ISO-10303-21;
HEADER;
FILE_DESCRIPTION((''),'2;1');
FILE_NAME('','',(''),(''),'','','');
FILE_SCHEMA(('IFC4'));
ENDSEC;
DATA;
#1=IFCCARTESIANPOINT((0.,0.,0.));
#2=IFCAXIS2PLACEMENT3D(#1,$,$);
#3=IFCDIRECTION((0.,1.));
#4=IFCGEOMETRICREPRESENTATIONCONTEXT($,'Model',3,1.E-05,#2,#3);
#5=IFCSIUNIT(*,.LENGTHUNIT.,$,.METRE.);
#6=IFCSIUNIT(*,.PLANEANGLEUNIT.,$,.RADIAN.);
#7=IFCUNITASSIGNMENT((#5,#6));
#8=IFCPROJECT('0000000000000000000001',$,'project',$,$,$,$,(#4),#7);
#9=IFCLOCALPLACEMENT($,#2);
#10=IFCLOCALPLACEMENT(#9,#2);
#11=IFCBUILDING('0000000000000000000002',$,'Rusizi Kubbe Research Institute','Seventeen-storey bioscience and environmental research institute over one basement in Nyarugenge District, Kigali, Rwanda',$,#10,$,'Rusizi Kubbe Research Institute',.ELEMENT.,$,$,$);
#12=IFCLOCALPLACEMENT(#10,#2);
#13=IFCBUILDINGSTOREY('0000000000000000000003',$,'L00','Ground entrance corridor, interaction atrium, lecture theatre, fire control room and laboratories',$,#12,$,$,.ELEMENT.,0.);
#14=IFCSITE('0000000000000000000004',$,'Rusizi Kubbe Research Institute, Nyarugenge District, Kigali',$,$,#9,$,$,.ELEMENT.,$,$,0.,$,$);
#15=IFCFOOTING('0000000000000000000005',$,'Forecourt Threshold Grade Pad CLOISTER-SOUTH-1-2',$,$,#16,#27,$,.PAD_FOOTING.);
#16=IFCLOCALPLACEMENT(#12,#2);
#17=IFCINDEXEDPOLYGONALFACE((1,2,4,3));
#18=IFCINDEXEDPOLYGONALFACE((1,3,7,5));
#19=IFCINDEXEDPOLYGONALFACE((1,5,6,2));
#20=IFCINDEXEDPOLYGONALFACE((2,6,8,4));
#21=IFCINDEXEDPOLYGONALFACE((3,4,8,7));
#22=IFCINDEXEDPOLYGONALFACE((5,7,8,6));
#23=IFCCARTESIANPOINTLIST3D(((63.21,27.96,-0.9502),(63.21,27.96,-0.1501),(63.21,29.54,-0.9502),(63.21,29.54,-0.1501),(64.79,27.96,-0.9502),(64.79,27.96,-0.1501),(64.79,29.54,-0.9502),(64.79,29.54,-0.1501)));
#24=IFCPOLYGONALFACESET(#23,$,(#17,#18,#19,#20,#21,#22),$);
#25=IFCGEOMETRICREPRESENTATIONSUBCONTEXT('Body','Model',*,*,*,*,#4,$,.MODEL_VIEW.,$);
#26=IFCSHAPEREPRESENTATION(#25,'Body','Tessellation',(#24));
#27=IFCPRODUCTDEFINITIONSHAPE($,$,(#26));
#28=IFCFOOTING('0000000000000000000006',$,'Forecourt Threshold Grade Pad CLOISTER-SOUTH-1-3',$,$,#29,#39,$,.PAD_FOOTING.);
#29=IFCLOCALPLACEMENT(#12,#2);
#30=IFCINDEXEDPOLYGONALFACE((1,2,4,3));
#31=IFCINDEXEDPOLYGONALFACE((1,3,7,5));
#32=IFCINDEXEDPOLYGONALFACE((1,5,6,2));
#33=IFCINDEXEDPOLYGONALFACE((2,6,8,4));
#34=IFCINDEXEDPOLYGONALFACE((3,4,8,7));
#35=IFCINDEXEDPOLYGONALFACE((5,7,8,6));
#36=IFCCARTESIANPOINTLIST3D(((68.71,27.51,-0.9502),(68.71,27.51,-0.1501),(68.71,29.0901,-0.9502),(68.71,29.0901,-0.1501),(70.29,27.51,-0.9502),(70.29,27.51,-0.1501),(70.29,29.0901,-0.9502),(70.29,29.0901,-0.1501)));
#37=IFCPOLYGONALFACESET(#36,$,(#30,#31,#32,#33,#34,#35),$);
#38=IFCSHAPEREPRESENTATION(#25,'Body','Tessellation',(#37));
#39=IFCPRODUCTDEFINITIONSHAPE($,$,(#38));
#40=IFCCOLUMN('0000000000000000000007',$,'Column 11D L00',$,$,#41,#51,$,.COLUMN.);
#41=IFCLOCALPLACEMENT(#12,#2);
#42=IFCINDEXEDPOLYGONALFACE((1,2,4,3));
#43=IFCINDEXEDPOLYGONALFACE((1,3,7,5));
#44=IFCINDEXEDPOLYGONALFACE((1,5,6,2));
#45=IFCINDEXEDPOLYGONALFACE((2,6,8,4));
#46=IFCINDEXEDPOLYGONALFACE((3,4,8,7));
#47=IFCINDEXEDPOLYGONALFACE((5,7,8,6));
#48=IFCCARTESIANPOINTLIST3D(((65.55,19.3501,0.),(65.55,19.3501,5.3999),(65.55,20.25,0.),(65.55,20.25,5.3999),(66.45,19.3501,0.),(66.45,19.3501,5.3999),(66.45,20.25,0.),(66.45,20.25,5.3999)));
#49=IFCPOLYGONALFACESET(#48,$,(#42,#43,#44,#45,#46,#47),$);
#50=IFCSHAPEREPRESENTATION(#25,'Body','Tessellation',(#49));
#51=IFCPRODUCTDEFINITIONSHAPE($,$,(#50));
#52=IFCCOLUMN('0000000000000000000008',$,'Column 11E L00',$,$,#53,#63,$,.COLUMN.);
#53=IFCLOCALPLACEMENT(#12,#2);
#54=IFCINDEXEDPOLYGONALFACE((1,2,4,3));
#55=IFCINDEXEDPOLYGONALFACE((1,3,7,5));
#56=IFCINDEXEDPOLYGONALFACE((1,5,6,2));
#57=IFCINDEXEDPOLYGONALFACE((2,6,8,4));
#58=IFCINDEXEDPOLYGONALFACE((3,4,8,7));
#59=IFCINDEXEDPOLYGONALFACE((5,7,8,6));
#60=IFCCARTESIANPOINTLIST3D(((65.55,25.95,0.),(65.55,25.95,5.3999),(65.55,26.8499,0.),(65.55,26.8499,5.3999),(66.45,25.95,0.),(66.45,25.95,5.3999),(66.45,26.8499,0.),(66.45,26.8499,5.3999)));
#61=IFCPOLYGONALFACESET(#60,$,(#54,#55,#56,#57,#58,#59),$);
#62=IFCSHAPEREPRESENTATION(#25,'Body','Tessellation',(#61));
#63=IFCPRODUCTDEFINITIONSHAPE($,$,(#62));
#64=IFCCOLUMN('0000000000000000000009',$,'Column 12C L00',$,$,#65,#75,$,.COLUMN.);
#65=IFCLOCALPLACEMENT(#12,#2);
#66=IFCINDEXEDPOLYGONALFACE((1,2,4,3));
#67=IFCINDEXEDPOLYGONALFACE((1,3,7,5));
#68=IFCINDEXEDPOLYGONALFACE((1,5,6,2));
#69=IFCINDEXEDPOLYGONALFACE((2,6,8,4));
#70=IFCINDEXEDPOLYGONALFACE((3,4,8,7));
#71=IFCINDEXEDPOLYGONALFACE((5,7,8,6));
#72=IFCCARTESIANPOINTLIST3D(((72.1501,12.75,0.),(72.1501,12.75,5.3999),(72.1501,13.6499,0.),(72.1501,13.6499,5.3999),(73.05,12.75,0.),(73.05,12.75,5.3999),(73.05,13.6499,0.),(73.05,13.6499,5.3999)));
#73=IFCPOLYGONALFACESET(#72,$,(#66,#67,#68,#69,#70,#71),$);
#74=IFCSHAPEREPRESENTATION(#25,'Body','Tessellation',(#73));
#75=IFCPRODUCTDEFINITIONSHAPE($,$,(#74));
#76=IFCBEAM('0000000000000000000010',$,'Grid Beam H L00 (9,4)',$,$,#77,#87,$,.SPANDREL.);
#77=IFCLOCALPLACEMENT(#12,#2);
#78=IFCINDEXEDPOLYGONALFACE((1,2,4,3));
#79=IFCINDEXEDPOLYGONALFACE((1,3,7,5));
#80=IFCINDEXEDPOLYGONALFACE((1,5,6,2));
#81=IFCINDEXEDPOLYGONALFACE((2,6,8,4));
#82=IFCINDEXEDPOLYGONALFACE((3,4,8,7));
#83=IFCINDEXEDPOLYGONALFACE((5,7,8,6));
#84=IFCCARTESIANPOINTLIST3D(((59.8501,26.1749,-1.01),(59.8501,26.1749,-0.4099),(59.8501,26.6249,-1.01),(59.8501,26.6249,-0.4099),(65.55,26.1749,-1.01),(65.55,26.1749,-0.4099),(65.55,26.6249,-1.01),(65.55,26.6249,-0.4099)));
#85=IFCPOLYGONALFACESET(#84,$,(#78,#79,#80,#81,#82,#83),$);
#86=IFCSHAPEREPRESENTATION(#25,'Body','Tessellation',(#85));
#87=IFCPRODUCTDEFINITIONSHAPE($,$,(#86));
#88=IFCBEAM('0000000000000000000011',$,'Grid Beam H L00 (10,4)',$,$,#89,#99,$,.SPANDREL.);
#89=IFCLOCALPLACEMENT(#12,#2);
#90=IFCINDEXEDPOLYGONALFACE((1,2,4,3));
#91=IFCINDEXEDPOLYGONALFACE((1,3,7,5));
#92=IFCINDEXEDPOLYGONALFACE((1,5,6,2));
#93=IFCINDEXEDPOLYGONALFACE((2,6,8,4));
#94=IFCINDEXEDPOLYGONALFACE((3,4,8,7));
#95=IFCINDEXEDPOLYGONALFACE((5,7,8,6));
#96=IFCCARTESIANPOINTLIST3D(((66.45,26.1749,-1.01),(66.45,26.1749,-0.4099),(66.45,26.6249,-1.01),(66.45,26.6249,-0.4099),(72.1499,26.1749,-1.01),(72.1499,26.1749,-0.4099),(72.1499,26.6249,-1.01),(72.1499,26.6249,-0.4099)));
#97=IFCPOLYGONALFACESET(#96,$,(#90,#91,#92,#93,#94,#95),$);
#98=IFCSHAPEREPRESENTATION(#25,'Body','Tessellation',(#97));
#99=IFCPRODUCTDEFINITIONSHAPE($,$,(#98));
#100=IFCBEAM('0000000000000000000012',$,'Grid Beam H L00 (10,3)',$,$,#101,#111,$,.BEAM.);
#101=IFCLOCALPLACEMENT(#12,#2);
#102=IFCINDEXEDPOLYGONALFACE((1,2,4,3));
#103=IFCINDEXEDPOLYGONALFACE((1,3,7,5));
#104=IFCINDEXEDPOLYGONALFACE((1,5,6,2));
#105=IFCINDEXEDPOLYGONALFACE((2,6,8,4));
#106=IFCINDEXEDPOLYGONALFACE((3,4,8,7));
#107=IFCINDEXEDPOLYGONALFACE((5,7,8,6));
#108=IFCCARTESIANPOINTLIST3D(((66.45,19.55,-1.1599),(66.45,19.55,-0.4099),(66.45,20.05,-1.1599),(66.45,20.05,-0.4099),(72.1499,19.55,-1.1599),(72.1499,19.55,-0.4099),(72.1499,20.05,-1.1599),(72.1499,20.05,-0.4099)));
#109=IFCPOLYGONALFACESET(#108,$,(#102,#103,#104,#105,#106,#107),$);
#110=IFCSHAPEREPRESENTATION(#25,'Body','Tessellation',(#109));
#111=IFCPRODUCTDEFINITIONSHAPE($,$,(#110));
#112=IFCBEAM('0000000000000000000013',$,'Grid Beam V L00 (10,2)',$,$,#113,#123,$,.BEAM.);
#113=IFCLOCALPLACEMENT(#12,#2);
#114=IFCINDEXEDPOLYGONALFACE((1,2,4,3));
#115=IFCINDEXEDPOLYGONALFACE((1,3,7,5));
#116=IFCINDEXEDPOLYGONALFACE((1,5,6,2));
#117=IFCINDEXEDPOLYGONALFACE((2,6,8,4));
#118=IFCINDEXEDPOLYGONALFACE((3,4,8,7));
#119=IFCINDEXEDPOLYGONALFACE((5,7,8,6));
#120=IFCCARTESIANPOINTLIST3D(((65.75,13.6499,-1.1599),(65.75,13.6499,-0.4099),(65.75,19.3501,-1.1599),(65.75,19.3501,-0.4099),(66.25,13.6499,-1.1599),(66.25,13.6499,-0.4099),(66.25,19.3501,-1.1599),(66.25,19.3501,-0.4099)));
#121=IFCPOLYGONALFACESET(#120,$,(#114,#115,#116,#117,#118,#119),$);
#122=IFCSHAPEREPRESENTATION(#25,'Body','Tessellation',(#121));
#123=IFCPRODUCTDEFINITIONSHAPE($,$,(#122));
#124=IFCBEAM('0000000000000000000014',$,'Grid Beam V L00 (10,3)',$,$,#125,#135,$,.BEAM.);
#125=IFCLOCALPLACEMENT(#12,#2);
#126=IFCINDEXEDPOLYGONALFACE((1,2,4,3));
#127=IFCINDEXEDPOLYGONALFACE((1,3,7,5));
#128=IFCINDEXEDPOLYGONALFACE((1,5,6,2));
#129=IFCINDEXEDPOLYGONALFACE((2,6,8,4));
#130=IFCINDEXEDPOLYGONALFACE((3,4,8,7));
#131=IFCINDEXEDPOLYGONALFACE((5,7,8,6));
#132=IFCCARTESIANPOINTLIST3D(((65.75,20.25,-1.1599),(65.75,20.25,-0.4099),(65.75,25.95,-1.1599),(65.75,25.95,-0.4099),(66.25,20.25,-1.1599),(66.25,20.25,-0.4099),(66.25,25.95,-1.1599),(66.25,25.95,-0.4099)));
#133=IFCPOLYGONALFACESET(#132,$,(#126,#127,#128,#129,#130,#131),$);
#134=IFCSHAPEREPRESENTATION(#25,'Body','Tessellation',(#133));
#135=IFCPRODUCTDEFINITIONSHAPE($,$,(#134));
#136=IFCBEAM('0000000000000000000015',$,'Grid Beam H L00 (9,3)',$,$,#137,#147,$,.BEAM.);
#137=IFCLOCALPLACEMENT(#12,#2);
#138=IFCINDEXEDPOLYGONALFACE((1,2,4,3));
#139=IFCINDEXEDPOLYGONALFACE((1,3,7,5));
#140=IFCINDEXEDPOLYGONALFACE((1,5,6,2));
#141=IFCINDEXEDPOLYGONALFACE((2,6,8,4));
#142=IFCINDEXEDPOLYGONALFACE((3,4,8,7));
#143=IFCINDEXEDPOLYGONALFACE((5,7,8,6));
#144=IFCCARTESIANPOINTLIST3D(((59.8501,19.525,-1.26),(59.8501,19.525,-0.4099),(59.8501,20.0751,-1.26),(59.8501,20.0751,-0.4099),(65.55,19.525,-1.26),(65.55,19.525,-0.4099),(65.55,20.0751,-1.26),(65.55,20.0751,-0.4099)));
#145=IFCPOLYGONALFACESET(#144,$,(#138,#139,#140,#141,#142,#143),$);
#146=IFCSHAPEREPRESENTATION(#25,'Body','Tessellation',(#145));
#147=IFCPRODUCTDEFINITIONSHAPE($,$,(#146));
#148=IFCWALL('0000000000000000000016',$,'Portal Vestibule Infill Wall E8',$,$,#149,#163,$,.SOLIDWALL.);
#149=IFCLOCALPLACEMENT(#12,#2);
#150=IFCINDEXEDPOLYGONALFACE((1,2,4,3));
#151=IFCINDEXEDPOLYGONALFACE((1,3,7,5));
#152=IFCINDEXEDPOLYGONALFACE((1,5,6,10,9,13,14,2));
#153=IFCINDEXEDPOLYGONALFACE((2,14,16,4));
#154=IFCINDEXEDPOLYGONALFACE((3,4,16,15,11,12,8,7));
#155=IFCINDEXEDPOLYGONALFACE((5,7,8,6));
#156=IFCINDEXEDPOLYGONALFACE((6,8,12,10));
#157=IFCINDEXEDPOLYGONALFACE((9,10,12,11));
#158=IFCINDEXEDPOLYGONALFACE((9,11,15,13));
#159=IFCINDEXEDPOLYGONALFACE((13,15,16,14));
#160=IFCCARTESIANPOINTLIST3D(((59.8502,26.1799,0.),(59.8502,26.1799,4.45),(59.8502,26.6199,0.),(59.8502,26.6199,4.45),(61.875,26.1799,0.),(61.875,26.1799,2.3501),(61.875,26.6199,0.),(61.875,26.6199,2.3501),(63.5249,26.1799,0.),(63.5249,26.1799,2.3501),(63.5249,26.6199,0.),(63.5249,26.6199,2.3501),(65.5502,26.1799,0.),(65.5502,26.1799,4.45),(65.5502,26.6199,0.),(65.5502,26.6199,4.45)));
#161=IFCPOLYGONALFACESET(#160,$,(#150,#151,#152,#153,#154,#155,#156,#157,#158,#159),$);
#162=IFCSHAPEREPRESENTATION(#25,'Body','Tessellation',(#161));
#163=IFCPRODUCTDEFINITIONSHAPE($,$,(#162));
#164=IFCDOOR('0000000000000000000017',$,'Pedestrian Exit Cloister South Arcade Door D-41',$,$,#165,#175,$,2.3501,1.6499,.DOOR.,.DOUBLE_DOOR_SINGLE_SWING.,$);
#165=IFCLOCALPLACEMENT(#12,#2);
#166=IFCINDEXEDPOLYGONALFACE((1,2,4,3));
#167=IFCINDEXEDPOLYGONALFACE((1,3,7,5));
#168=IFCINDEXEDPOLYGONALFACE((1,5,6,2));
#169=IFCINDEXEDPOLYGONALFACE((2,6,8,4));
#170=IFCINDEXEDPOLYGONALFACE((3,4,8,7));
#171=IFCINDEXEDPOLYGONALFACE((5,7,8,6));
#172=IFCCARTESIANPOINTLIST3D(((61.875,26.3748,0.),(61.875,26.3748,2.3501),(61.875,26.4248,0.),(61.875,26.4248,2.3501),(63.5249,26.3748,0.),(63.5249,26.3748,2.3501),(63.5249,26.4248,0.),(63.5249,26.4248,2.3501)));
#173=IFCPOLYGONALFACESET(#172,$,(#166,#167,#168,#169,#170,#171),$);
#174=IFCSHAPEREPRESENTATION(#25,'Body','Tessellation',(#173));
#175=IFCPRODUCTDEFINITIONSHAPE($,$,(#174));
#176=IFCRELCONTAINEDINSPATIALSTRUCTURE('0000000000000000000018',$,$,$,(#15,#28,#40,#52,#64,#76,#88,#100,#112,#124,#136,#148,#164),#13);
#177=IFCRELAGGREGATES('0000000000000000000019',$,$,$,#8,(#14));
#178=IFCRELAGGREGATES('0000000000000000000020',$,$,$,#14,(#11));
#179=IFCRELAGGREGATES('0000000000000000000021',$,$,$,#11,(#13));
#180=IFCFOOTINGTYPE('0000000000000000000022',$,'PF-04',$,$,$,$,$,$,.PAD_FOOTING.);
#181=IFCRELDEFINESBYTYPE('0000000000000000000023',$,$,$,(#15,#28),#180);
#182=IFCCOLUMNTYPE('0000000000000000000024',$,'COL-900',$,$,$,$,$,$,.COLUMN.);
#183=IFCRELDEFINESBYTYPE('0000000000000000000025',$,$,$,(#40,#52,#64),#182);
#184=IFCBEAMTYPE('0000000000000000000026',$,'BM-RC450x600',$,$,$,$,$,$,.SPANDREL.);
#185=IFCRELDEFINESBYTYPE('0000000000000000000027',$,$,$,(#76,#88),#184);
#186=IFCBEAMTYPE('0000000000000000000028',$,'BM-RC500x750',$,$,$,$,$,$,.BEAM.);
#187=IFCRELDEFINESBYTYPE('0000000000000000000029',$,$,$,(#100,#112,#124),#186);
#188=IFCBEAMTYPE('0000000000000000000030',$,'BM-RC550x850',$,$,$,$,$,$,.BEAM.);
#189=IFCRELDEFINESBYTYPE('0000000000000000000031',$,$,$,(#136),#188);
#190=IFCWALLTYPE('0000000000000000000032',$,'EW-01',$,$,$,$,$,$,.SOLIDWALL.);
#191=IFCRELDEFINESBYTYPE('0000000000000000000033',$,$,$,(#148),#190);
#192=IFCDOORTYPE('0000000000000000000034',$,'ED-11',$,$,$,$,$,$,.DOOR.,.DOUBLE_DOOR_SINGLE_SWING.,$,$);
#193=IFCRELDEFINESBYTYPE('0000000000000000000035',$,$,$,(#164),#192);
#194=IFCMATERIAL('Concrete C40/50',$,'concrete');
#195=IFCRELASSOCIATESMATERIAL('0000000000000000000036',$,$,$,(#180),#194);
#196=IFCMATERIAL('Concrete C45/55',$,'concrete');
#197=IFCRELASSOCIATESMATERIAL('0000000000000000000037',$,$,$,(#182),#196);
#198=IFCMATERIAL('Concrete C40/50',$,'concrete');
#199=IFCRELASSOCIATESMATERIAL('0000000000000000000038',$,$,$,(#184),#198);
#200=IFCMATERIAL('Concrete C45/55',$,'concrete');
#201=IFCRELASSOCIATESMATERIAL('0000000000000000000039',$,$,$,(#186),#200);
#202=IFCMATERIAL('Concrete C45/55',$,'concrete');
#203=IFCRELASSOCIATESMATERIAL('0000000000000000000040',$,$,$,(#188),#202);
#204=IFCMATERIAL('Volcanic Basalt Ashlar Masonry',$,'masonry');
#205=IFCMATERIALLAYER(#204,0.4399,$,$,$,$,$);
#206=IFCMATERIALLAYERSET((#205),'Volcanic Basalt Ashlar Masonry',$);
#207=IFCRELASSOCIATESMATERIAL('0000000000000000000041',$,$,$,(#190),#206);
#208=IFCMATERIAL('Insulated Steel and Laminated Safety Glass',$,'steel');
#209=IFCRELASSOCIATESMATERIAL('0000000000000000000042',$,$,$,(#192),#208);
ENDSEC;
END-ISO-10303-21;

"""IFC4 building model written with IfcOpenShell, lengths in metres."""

from ifc_helpers import new_model, si_unit, direction, frame, frame_2d, origin, origin_2d, place, context, subcontext, project, spatial, rectangle, extrude, material, layer, layer_set, material_profile, profile_set, type_object, element, fill, save


model = new_model("IFC4")

# Units and contexts
model_context = context("Model", 3, precision=1e-05, world=origin(), true_north=direction((0.0, 1.0)))
body_context = subcontext(model_context, "Body", "Model", "MODEL_VIEW")
ifc_project = project(units=[si_unit("LENGTHUNIT", "METRE"), si_unit("PLANEANGLEUNIT", "RADIAN")], contexts=[model_context])

# Site, building, storey
site_placement = place(None, origin())
site = spatial("IfcSite", under=ifc_project, at=site_placement, Name="Rusizi Kubbe Research Institute, Nyarugenge District, Kigali", CompositionType="ELEMENT", RefElevation=0.0)
building_placement = place(site_placement, origin())
building = spatial("IfcBuilding", under=site, at=building_placement, Name="Rusizi Kubbe Research Institute", Description="Seventeen-storey bioscience and environmental research institute over one basement in Nyarugenge District, Kigali, Rwanda", LongName="Rusizi Kubbe Research Institute", CompositionType="ELEMENT")
storey_placement = place(building_placement, origin())
storey = spatial("IfcBuildingStorey", under=building, at=storey_placement, Name="L00", Description="Ground entrance corridor, interaction atrium, lecture theatre, fire control room and laboratories", CompositionType="ELEMENT", Elevation=0.0)

# Footings
ifc_material_1 = material(Name="Concrete C40/50", Category="concrete")
footing_type = type_object("IfcFootingType", Name="PF-04", PredefinedType="PAD_FOOTING", material=ifc_material_1)
for number, where, z_axis, x_axis, name in (
    (1, (64.0, 28.75, -0.9502), (0.0, 0.0, 1.0), (1.0, 0.0, 0.0), "Forecourt Threshold Grade Pad CLOISTER-SOUTH-1-2"),
    (2, (69.5, 28.3, -0.9502), (0.0, 0.0, 1.0), (1.0, 0.0, 0.0), "Forecourt Threshold Grade Pad CLOISTER-SOUTH-1-3"),
):
    element("IfcFooting", number, at=place(storey_placement, frame(where, z_axis=z_axis, x_axis=x_axis)), inside=storey, type_object=footing_type, Name=name, PredefinedType="PAD_FOOTING", context=body_context, shape_type="SweptSolid", body=[
        extrude(rectangle(XDim=1.5801, YDim=1.5801, at=origin_2d()), origin(), (0.0, 0.0, 1.0), 0.8),
    ])

# Columns
ifc_material_2 = material(Name="Concrete C45/55", Category="concrete")
ifc_material_profile_1 = material_profile(ifc_material_2, rectangle(XDim=0.8999, YDim=0.8999, at=origin_2d()), Name="RC900x900")
ifc_profile_set_1 = profile_set([ifc_material_profile_1], Name="Concrete C45/55")
column_type = type_object("IfcColumnType", Name="COL-900", PredefinedType="COLUMN", material=ifc_profile_set_1)
for number, where, z_axis, x_axis, name in (
    (3, (66.0, 19.8, 0.0), (0.0, 0.0, 1.0), (1.0, 0.0, 0.0), "Column 11D L00"),
    (4, (66.0, 26.3999, 0.0), (0.0, 0.0, 1.0), (1.0, 0.0, 0.0), "Column 11E L00"),
    (5, (72.6001, 13.2, 0.0), (0.0, 0.0, 1.0), (1.0, 0.0, 0.0), "Column 12C L00"),
):
    element("IfcColumn", number, at=place(storey_placement, frame(where, z_axis=z_axis, x_axis=x_axis)), inside=storey, type_object=column_type, Name=name, PredefinedType="COLUMN", context=body_context, shape_type="SweptSolid", body=[
        extrude(rectangle(XDim=0.8999, YDim=0.8999, at=origin_2d()), origin(), (0.0, 0.0, 1.0), 5.3999),
    ])

# Beams
ifc_material_3 = material(Name="Concrete C40/50", Category="concrete")
ifc_material_profile_2 = material_profile(ifc_material_3, rectangle(XDim=0.45, YDim=0.6001, at=origin_2d()), Name="RC450x600")
ifc_profile_set_2 = profile_set([ifc_material_profile_2], Name="Concrete C40/50")
beam_type_1 = type_object("IfcBeamType", Name="BM-RC450x600", PredefinedType="SPANDREL", material=ifc_profile_set_2)
for number, where, z_axis, x_axis, name in (
    (6, (59.8501, 26.3999, -0.71), (1.0, 0.0, 0.0), (0.0, 1.0, 0.0), "Grid Beam H L00 (9,4)"),
    (7, (66.45, 26.3999, -0.71), (1.0, 0.0, 0.0), (0.0, 1.0, 0.0), "Grid Beam H L00 (10,4)"),
):
    element("IfcBeam", number, at=place(storey_placement, frame(where, z_axis=z_axis, x_axis=x_axis)), inside=storey, type_object=beam_type_1, Name=name, PredefinedType="SPANDREL", context=body_context, shape_type="SweptSolid", body=[
        extrude(rectangle(XDim=0.45, YDim=0.6001, at=origin_2d()), origin(), (0.0, 0.0, 1.0), 5.7),
    ])
ifc_material_4 = material(Name="Concrete C45/55", Category="concrete")
ifc_material_profile_3 = material_profile(ifc_material_4, rectangle(XDim=0.5, YDim=0.75, at=origin_2d()), Name="RC500x750B")
ifc_profile_set_3 = profile_set([ifc_material_profile_3], Name="Concrete C45/55")
beam_type_2 = type_object("IfcBeamType", Name="BM-RC500x750", PredefinedType="BEAM", material=ifc_profile_set_3)
beam_1_placement = place(storey_placement, frame((66.45, 19.8, -0.7849), z_axis=(1.0, 0.0, 0.0), x_axis=(0.0, 1.0, 0.0)))
element("IfcBeam", 8, at=beam_1_placement, inside=storey, type_object=beam_type_2, Name="Grid Beam H L00 (10,3)", PredefinedType="BEAM", context=body_context, shape_type="SweptSolid", body=[
    extrude(rectangle(XDim=0.5, YDim=0.75, at=origin_2d()), origin(), (0.0, 0.0, 1.0), 5.7),
])
beam_2_placement = place(storey_placement, frame((66.0, 13.6499, -0.7849), z_axis=(0.0, 1.0, 0.0), x_axis=(-1.0, 0.0, 0.0)))
element("IfcBeam", 9, at=beam_2_placement, inside=storey, type_object=beam_type_2, Name="Grid Beam V L00 (10,2)", PredefinedType="BEAM", context=body_context, shape_type="SweptSolid", body=[
    extrude(rectangle(XDim=0.5, YDim=0.75, at=origin_2d()), origin(), (0.0, 0.0, 1.0), 5.7002),
])
beam_3_placement = place(storey_placement, frame((66.0, 20.25, -0.7849), z_axis=(0.0, 1.0, 0.0), x_axis=(-1.0, 0.0, 0.0)))
element("IfcBeam", 10, at=beam_3_placement, inside=storey, type_object=beam_type_2, Name="Grid Beam V L00 (10,3)", PredefinedType="BEAM", context=body_context, shape_type="SweptSolid", body=[
    extrude(rectangle(XDim=0.5, YDim=0.75, at=origin_2d()), origin(), (0.0, 0.0, 1.0), 5.7),
])
ifc_material_5 = material(Name="Concrete C45/55", Category="concrete")
ifc_material_profile_4 = material_profile(ifc_material_5, rectangle(XDim=0.55, YDim=0.8501, at=origin_2d()), Name="RC550x850")
ifc_profile_set_4 = profile_set([ifc_material_profile_4], Name="Concrete C45/55")
beam_type_3 = type_object("IfcBeamType", Name="BM-RC550x850", PredefinedType="BEAM", material=ifc_profile_set_4)
beam_4_placement = place(storey_placement, frame((59.8501, 19.8, -0.835), z_axis=(1.0, 0.0, 0.0), x_axis=(0.0, 1.0, 0.0)))
element("IfcBeam", 11, at=beam_4_placement, inside=storey, type_object=beam_type_3, Name="Grid Beam H L00 (9,3)", PredefinedType="BEAM", context=body_context, shape_type="SweptSolid", body=[
    extrude(rectangle(XDim=0.55, YDim=0.8501, at=origin_2d()), origin(), (0.0, 0.0, 1.0), 5.7),
])

# Wall, opening, door
ifc_material_6 = material(Name="Volcanic Basalt Ashlar Masonry", Category="masonry")
ifc_layer_1 = layer(ifc_material_6, 0.4399)
ifc_layer_set_1 = layer_set([ifc_layer_1], Name="Volcanic Basalt Ashlar Masonry")
wall_type_1 = type_object("IfcWallType", Name="EW-01", PredefinedType="SOLIDWALL", material=ifc_layer_set_1)
wall_1_placement = place(storey_placement, frame((59.8501, 26.3999, 0.0), z_axis=(0.0, 0.0, 1.0), x_axis=(1.0, 0.0, 0.0)))
wall_1 = element("IfcWall", 12, at=wall_1_placement, inside=storey, type_object=wall_type_1, Name="Portal Vestibule Infill Wall E8", PredefinedType="SOLIDWALL", context=body_context, shape_type="SweptSolid", body=[
    extrude(rectangle(XDim=5.7, YDim=0.4399, at=frame_2d((2.8501, 0.0))), origin(), (0.0, 0.0, 1.0), 4.45),
])
opening_1_placement = place(wall_1_placement, frame((2.0249, 0.0, 0.0)))
opening_1 = element("IfcOpeningElement", 13, at=opening_1_placement, cuts=wall_1, PredefinedType="OPENING", context=body_context, shape_type="SweptSolid", body=[
    extrude(rectangle(XDim=1.6499, YDim=2.3501, at=frame_2d((0.825, 1.175))), frame((0.0, 0.23, 0.0), z_axis=(0.0, -1.0, 0.0), x_axis=(1.0, 0.0, 0.0)), (0.0, 0.0, 1.0), 0.46),
])
ifc_material_7 = material(Name="Insulated Steel and Laminated Safety Glass", Category="steel")
door_type_1 = type_object("IfcDoorType", Name="ED-11", OperationType="DOUBLE_DOOR_SINGLE_SWING", PredefinedType="DOOR", material=ifc_material_7)
door_1_placement = place(opening_1_placement, origin())
door_1 = element("IfcDoor", 14, at=door_1_placement, inside=storey, type_object=door_type_1, Name="Pedestrian Exit Cloister South Arcade Door D-41", OperationType="DOUBLE_DOOR_SINGLE_SWING", OverallHeight=2.3501, OverallWidth=1.6499, PredefinedType="DOOR", context=body_context, shape_type="SweptSolid", body=[
    extrude(rectangle(XDim=1.6499, YDim=2.3501, at=frame_2d((0.825, 1.175))), frame((0.0, 0.0249, 0.0), z_axis=(0.0, -1.0, 0.0), x_axis=(1.0, 0.0, 0.0)), (0.0, 0.0, 1.0), 0.05),
])
fill(opening_1, door_1)

save(model, "model.ifc")
